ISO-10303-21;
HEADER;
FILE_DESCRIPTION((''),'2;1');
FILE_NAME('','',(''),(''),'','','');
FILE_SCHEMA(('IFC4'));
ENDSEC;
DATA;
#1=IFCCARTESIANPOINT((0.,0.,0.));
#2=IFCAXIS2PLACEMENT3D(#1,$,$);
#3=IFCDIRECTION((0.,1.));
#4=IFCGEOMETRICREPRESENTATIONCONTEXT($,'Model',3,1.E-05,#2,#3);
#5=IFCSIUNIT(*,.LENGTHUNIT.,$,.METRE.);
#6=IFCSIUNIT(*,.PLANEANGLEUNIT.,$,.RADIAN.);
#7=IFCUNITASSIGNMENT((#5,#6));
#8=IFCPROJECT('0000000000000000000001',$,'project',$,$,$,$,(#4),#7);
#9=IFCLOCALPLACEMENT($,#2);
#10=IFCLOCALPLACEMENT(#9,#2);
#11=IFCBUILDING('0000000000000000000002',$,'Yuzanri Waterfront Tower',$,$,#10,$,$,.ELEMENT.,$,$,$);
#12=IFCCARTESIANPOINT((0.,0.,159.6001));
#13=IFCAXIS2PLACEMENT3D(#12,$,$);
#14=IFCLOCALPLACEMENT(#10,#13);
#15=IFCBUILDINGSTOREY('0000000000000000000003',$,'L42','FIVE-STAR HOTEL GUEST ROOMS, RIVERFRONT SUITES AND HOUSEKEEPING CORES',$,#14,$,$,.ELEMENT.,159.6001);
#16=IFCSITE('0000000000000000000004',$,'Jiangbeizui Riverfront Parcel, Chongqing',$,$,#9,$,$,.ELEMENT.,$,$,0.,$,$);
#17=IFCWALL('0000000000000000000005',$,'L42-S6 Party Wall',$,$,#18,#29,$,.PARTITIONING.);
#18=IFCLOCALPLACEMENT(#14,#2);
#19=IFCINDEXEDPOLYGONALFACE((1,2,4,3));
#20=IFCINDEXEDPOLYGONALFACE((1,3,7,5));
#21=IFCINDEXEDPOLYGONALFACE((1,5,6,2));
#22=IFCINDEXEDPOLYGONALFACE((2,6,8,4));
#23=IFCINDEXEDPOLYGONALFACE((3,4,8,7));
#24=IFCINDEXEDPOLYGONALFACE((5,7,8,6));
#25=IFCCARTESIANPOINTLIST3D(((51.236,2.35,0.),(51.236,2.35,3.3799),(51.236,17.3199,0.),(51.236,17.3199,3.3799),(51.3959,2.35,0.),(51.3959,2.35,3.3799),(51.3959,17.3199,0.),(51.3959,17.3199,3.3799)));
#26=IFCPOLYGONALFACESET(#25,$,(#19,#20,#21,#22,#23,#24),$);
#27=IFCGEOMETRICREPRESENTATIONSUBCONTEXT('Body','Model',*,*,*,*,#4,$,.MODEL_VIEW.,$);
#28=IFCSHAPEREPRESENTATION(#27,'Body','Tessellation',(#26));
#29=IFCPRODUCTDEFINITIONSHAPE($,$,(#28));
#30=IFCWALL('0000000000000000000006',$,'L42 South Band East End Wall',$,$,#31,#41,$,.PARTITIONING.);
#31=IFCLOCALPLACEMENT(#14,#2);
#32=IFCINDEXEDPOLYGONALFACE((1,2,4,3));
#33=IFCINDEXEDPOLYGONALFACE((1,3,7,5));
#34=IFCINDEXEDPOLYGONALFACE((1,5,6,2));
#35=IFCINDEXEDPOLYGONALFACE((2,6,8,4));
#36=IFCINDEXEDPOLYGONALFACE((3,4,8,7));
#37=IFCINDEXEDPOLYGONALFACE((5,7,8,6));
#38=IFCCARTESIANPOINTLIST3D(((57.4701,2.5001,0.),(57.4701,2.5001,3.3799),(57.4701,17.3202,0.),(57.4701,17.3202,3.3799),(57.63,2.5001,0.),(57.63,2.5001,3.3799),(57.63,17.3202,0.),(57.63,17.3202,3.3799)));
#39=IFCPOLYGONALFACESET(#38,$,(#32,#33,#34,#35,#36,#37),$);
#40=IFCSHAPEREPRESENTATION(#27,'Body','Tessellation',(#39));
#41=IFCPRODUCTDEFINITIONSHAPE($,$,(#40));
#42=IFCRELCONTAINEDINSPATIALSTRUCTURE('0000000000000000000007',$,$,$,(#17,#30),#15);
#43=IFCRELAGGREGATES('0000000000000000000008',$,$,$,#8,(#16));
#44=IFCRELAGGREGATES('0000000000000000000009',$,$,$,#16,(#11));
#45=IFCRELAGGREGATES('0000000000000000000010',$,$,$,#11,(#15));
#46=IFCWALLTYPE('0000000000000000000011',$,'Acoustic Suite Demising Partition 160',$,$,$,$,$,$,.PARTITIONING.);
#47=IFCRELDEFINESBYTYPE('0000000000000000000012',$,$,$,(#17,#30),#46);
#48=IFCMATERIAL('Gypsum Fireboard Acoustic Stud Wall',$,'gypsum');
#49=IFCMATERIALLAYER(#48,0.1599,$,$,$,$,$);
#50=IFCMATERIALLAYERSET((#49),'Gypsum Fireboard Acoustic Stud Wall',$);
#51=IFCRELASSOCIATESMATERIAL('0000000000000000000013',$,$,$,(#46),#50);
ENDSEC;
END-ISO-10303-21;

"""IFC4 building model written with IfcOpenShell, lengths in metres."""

from ifc_helpers import new_model, si_unit, direction, frame, frame_2d, origin, place, context, subcontext, project, spatial, rectangle, extrude, source, transform, mapped, material, layer, layer_set, type_object, element, save


model = new_model("IFC4")

# Units and contexts
model_context = context("Model", 3, precision=1e-05, world=origin(), true_north=direction((0.0, 1.0)))
body_context = subcontext(model_context, "Body", "Model", "MODEL_VIEW")
ifc_project = project(units=[si_unit("LENGTHUNIT", "METRE"), si_unit("PLANEANGLEUNIT", "RADIAN")], contexts=[model_context])

# Site, building, storey
site_placement = place(None, origin())
site = spatial("IfcSite", under=ifc_project, at=site_placement, Name="Jiangbeizui Riverfront Parcel, Chongqing", CompositionType="ELEMENT", RefElevation=0.0)
building_placement = place(site_placement, origin())
building = spatial("IfcBuilding", under=site, at=building_placement, Name="Yuzanri Waterfront Tower", CompositionType="ELEMENT")
storey_placement = place(building_placement, frame((0.0, 0.0, 159.6001)))
storey = spatial("IfcBuildingStorey", under=building, at=storey_placement, Name="L42", Description="FIVE-STAR HOTEL GUEST ROOMS, RIVERFRONT SUITES AND HOUSEKEEPING CORES", CompositionType="ELEMENT", Elevation=159.6001)

# Walls
ifc_material_1 = material(Name="Gypsum Fireboard Acoustic Stud Wall", Category="gypsum")
ifc_layer_1 = layer(ifc_material_1, 0.1599)
ifc_layer_set_1 = layer_set([ifc_layer_1], Name="Gypsum Fireboard Acoustic Stud Wall")
wall_type_1 = type_object("IfcWallType", Name="Acoustic Suite Demising Partition 160", PredefinedType="PARTITIONING", material=ifc_layer_set_1)
shared_shape_1 = source(origin(), body_context, "Body", "SweptSolid", [
    extrude(rectangle(XDim=14.97, YDim=0.1599, at=frame_2d((7.4849, 0.0))), origin(), (0.0, 0.0, 1.0), 3.3799),
])
wall_1_placement = place(storey_placement, frame((51.3159, 2.3501, 0.0), z_axis=(0.0, 0.0, 1.0), x_axis=(0.0, 1.0, 0.0)))
element("IfcWall", 1, at=wall_1_placement, inside=storey, type_object=wall_type_1, Name="L42-S6 Party Wall", PredefinedType="PARTITIONING", context=body_context, shape_type="MappedRepresentation", body=[
    mapped(shared_shape_1, transform((0.0, 0.0, 0.0), scale=1.0)),
])
shared_shape_2 = source(origin(), body_context, "Body", "SweptSolid", [
    extrude(rectangle(XDim=14.8201, YDim=0.1599, at=frame_2d((7.4102, 0.0))), origin(), (0.0, 0.0, 1.0), 3.3799),
])
wall_2_placement = place(storey_placement, frame((57.55, 2.5, 0.0), z_axis=(0.0, 0.0, 1.0), x_axis=(0.0, 1.0, 0.0)))
element("IfcWall", 2, at=wall_2_placement, inside=storey, type_object=wall_type_1, Name="L42 South Band East End Wall", PredefinedType="PARTITIONING", context=body_context, shape_type="MappedRepresentation", body=[
    mapped(shared_shape_2, transform((0.0, 0.0, 0.0), scale=1.0)),
])

save(model, "model.ifc")
